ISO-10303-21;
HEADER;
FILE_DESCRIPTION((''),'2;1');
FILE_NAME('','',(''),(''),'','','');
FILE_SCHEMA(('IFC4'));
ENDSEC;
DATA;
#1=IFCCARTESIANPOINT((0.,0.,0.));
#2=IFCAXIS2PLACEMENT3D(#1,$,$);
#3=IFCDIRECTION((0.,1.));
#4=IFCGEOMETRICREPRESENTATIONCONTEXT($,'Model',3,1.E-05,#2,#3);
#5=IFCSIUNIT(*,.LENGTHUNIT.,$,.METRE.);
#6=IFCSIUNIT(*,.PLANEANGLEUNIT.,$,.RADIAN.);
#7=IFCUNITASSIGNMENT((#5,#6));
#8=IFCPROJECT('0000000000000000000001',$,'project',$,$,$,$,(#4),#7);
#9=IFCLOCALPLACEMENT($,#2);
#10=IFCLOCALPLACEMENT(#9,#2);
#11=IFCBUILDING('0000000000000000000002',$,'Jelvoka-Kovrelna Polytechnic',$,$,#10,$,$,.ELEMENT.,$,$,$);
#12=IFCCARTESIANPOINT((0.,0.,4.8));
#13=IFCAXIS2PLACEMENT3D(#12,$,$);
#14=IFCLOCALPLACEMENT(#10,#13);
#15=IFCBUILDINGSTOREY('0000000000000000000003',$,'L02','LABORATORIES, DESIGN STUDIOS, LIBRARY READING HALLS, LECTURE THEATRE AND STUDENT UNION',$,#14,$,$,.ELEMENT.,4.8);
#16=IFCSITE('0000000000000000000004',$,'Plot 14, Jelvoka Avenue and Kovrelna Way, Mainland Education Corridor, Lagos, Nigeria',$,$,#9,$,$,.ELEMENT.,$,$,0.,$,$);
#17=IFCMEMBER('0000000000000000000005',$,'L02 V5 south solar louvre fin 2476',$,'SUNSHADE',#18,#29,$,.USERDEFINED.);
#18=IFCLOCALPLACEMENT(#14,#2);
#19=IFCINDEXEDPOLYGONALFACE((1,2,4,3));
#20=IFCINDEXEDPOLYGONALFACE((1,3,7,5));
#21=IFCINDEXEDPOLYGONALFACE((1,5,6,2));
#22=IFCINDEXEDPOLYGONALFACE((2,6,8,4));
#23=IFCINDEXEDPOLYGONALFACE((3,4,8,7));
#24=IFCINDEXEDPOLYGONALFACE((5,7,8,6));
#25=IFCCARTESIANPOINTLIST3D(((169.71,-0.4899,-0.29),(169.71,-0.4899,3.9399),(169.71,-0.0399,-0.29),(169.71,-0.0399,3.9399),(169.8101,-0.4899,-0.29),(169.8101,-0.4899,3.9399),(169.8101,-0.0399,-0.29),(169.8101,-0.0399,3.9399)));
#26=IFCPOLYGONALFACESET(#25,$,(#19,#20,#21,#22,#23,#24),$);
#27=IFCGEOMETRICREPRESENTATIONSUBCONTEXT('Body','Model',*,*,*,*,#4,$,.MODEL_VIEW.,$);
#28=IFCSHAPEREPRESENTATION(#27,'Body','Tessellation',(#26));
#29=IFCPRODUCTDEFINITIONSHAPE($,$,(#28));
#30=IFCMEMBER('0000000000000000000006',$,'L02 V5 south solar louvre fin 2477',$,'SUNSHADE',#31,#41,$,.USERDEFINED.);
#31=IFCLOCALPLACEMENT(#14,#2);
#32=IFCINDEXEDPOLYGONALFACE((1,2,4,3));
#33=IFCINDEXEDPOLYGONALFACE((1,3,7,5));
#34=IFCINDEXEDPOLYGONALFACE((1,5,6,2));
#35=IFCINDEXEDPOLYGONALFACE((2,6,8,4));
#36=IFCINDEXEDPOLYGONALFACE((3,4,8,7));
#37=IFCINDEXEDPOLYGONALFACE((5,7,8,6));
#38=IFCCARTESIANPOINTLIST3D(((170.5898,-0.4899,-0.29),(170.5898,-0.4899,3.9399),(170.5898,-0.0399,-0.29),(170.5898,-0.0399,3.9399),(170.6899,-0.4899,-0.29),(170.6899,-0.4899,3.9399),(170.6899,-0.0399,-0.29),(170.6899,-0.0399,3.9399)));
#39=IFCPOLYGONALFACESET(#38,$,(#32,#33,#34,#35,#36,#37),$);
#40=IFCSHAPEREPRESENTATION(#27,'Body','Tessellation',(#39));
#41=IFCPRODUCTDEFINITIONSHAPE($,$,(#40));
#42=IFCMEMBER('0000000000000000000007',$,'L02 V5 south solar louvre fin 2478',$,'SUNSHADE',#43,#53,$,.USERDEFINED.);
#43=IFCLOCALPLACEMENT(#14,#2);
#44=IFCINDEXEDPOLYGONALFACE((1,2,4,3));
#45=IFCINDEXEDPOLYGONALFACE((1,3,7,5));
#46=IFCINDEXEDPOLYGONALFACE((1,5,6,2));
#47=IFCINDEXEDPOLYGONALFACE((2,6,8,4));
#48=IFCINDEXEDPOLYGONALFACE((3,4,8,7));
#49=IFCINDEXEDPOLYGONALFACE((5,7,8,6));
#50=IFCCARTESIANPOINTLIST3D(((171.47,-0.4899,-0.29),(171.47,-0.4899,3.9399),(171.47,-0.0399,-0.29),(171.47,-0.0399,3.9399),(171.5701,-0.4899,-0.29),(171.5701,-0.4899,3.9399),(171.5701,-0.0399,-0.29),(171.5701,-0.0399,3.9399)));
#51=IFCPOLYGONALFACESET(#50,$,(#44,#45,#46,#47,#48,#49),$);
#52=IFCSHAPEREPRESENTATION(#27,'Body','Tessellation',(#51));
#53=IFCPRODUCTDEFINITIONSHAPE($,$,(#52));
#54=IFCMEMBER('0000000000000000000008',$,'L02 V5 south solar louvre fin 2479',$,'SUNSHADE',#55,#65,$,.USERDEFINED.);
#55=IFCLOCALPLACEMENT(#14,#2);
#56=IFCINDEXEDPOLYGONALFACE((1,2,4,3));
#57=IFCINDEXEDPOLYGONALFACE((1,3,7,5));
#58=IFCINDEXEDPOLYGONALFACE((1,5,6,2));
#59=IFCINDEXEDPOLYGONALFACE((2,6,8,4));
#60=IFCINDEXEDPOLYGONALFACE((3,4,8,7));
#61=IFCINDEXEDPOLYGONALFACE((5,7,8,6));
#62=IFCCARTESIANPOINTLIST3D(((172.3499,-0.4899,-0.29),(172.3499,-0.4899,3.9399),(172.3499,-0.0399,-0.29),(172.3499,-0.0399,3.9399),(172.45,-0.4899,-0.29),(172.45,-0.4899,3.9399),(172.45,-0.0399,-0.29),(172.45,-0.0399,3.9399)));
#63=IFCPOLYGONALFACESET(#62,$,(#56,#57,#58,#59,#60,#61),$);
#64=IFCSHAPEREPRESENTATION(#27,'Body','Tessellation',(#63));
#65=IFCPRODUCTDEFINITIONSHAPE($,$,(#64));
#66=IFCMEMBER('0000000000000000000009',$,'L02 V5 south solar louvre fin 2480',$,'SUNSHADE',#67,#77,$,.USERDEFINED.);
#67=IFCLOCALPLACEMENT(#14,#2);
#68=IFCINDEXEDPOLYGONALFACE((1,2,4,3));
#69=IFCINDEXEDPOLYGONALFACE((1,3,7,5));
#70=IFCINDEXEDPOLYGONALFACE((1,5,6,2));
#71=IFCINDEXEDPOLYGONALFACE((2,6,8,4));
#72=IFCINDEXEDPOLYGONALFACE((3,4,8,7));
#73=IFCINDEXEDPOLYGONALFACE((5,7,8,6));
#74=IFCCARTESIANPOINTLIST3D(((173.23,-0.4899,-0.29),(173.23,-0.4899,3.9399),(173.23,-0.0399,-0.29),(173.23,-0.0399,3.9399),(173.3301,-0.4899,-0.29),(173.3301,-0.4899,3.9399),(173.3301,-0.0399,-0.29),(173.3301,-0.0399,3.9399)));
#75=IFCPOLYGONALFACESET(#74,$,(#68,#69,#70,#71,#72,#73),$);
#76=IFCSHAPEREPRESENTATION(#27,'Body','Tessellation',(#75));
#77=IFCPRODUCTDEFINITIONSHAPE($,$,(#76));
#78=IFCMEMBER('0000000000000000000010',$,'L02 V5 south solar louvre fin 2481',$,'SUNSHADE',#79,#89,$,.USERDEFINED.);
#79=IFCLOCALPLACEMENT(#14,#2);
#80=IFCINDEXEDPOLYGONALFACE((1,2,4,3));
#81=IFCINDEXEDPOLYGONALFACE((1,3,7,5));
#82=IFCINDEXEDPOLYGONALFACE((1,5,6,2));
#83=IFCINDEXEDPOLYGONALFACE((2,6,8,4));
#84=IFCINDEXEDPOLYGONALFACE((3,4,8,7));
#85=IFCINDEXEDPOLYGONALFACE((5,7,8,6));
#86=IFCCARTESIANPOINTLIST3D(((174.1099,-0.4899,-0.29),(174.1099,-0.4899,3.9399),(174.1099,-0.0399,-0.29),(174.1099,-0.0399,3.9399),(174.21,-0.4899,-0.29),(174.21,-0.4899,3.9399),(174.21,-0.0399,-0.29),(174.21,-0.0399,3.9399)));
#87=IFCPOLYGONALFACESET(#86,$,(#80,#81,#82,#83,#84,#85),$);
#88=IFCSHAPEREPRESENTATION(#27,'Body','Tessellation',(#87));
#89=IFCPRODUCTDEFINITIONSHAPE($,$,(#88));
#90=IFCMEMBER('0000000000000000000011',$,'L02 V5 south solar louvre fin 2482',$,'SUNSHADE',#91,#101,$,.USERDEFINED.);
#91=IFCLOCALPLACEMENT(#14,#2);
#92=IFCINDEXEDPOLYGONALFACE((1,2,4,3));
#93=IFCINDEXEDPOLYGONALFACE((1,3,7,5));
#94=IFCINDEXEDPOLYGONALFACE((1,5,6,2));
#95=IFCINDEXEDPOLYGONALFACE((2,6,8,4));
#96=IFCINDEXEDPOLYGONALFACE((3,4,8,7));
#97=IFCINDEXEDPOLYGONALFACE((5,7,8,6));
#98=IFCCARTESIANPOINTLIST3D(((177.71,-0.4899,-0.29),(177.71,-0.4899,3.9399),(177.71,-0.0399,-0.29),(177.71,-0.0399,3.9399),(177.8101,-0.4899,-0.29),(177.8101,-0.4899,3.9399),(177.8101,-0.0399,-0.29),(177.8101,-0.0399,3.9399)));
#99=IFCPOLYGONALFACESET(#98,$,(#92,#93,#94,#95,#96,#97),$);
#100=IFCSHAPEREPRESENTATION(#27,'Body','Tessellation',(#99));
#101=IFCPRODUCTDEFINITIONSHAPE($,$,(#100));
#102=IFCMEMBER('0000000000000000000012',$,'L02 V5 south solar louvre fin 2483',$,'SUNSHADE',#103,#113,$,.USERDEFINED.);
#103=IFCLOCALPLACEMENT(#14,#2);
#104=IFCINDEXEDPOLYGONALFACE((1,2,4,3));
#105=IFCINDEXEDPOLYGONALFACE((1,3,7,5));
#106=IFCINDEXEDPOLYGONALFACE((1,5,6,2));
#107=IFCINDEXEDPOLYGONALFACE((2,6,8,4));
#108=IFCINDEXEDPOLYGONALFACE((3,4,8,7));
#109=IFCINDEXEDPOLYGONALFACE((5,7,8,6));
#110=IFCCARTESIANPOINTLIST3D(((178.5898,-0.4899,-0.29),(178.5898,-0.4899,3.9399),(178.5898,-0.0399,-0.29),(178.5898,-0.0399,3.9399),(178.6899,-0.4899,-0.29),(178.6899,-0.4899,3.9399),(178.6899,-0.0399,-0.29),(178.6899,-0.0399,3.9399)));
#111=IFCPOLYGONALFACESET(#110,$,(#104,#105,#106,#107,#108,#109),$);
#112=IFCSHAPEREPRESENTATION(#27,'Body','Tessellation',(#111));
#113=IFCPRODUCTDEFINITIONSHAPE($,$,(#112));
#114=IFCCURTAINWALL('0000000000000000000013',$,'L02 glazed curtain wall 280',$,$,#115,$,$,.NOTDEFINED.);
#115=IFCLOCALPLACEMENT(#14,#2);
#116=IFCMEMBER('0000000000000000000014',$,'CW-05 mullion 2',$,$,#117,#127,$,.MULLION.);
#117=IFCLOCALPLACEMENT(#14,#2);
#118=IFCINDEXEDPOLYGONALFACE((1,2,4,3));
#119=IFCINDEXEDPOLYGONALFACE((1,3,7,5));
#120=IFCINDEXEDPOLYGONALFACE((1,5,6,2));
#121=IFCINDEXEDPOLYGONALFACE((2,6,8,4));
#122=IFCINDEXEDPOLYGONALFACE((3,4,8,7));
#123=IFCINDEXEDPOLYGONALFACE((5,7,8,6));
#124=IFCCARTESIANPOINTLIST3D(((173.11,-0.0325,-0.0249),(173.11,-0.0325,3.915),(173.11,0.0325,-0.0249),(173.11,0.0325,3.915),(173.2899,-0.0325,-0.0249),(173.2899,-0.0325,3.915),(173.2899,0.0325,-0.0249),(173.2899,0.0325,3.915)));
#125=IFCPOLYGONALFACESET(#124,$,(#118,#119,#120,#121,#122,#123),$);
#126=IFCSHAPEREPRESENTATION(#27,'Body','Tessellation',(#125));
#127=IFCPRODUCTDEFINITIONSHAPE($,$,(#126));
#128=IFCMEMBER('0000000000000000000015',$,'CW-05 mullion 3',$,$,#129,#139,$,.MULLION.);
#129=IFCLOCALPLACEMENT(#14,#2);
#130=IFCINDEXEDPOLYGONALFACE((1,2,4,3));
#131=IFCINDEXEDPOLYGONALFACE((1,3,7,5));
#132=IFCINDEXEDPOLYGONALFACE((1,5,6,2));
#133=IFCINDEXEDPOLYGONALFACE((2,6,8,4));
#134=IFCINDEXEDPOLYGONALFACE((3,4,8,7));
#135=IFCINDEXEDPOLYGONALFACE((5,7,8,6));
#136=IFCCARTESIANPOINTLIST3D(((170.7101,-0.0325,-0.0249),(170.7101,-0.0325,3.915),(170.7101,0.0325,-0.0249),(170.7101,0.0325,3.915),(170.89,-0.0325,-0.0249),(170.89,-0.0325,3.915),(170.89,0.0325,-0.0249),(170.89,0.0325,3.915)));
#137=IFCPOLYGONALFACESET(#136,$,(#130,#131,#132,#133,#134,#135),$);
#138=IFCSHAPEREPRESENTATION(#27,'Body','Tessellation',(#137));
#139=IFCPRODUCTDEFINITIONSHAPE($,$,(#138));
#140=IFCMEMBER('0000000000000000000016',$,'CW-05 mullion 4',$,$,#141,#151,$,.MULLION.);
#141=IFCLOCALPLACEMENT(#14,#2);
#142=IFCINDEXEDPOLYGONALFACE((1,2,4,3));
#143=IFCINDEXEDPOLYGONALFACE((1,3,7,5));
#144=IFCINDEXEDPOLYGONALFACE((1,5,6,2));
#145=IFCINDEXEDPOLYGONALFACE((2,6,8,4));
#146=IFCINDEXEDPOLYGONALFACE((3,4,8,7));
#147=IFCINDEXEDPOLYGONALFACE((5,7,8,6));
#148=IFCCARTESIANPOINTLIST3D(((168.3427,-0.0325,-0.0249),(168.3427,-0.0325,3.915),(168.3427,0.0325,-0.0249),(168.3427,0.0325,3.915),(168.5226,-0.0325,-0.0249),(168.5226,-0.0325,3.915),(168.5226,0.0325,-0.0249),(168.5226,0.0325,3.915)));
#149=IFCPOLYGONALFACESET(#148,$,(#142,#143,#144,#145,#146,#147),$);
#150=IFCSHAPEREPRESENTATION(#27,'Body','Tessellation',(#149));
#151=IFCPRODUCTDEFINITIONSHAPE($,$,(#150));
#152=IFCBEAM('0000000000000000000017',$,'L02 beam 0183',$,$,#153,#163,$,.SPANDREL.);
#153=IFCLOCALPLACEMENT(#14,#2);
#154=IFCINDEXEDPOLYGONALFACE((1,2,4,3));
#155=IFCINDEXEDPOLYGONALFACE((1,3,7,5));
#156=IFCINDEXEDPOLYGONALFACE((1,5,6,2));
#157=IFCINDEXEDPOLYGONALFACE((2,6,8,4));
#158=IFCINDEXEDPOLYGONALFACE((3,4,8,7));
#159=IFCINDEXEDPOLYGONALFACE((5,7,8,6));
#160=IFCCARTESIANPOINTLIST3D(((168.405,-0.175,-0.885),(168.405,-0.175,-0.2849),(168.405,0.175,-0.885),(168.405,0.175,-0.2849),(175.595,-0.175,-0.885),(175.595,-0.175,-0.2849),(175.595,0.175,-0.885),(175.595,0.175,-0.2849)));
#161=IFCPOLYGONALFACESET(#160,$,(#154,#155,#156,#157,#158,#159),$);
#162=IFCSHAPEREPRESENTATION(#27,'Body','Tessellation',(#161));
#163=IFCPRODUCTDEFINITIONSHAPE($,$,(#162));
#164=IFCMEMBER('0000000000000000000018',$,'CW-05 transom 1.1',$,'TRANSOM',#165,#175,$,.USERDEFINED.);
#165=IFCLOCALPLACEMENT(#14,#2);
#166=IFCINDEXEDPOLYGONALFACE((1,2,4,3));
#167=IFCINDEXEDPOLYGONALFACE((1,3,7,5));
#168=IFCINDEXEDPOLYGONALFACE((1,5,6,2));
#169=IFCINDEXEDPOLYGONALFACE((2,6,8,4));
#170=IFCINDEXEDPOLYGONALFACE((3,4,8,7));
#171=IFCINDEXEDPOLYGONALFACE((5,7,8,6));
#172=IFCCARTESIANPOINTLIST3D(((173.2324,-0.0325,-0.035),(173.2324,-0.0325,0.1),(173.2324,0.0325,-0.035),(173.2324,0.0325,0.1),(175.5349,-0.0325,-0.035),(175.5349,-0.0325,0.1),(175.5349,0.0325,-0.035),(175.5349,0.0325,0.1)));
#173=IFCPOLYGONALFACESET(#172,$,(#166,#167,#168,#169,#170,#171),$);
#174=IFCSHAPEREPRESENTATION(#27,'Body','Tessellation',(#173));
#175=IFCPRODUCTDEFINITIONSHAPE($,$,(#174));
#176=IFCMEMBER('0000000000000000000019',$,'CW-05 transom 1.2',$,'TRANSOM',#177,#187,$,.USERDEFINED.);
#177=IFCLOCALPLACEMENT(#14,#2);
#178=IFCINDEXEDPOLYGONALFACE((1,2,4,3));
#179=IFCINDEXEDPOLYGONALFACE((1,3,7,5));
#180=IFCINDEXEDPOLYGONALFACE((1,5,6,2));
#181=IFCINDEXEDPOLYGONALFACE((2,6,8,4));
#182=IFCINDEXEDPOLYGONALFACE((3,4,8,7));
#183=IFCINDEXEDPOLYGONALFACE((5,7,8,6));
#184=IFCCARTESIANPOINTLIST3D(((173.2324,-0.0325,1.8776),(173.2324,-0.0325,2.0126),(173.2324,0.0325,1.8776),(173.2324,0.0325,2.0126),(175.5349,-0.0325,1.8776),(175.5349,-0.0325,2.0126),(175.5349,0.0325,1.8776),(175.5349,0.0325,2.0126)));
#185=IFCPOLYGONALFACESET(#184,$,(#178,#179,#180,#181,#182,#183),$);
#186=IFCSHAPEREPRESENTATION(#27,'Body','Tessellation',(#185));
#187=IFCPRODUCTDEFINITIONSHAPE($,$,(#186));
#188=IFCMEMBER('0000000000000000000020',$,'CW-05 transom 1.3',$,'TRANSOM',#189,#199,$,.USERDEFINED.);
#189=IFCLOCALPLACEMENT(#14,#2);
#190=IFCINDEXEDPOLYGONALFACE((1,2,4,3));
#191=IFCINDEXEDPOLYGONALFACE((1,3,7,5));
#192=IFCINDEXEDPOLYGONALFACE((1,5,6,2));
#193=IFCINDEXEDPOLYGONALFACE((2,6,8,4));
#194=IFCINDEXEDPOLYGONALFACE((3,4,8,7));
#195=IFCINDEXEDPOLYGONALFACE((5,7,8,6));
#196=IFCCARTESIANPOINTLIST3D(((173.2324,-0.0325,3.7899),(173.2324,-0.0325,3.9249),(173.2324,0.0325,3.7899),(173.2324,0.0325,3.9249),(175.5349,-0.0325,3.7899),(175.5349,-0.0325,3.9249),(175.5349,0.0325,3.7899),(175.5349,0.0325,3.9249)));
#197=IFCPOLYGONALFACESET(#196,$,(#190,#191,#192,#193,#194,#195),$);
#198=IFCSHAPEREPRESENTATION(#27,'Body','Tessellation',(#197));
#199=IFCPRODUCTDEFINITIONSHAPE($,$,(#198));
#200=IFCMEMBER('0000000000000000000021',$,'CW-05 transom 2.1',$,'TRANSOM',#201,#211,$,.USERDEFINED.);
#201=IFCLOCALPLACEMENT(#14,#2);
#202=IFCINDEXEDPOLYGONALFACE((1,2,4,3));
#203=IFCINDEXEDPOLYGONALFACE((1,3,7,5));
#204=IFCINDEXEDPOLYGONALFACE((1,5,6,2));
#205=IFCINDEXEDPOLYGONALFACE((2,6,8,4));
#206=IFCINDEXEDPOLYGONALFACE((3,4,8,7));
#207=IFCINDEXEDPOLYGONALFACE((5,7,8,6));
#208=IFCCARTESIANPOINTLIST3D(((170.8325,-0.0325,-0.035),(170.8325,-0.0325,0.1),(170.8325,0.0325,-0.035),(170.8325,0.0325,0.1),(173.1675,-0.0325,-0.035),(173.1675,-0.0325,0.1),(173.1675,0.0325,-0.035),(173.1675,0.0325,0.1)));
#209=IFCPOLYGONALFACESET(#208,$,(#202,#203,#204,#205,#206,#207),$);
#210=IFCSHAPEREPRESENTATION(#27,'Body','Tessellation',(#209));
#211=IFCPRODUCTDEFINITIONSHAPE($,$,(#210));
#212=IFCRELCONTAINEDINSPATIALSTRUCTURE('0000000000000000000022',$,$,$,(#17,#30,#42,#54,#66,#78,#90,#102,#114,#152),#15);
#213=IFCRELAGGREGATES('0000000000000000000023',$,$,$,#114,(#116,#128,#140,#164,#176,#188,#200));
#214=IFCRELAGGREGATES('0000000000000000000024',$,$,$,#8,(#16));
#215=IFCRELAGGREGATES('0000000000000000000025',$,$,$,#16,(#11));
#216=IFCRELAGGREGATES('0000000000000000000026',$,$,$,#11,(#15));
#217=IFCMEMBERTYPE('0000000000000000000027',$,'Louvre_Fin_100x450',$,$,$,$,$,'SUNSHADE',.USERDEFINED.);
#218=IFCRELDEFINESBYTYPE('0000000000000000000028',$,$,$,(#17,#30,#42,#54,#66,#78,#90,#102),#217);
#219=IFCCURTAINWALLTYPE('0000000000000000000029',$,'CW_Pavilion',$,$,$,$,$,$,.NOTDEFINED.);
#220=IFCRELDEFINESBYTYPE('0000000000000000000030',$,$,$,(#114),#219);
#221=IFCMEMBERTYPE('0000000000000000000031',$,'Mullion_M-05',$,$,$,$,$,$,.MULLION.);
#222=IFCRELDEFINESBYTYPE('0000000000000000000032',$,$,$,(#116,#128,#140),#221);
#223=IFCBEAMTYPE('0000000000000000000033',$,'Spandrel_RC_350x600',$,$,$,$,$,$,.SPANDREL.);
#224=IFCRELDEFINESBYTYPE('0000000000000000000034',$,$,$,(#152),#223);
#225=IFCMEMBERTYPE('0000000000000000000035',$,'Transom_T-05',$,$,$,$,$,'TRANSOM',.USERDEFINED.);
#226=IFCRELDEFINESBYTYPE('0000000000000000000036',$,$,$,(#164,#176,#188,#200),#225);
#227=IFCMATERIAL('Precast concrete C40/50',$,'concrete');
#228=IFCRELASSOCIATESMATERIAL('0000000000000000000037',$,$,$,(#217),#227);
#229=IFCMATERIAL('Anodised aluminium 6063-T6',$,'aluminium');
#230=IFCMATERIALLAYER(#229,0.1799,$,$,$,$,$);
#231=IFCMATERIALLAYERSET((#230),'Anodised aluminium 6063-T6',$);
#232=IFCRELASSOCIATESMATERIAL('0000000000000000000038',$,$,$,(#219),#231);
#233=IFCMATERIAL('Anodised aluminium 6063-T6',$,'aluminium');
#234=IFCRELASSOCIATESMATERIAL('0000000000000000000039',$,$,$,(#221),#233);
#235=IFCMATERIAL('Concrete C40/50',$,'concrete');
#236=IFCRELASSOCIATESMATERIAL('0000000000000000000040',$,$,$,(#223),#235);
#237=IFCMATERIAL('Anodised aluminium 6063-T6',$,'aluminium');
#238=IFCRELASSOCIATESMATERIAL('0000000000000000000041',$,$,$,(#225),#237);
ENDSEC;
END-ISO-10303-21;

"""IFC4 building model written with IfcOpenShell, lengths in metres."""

from ifc_helpers import new_model, si_unit, direction, frame, origin, origin_2d, place, context, subcontext, project, spatial, rectangle, extrude, material, layer, layer_set, material_profile, profile_set, type_object, element, aggregate, save


model = new_model("IFC4")

# Units and contexts
model_context = context("Model", 3, precision=1e-05, world=origin(), true_north=direction((0.0, 1.0)))
body_context = subcontext(model_context, "Body", "Model", "MODEL_VIEW")
ifc_project = project(units=[si_unit("LENGTHUNIT", "METRE"), si_unit("PLANEANGLEUNIT", "RADIAN")], contexts=[model_context])

# Site, building, storey
site_placement = place(None, origin())
site = spatial("IfcSite", under=ifc_project, at=site_placement, Name="Plot 14, Jelvoka Avenue and Kovrelna Way, Mainland Education Corridor, Lagos, Nigeria", CompositionType="ELEMENT", RefElevation=0.0)
building_placement = place(site_placement, origin())
building = spatial("IfcBuilding", under=site, at=building_placement, Name="Jelvoka-Kovrelna Polytechnic", CompositionType="ELEMENT")
storey_placement = place(building_placement, frame((0.0, 0.0, 4.8)))
storey = spatial("IfcBuildingStorey", under=building, at=storey_placement, Name="L02", Description="LABORATORIES, DESIGN STUDIOS, LIBRARY READING HALLS, LECTURE THEATRE AND STUDENT UNION", CompositionType="ELEMENT", Elevation=4.8)

# Members
ifc_material_1 = material(Name="Precast concrete C40/50", Category="concrete")
ifc_material_profile_1 = material_profile(ifc_material_1, rectangle(XDim=0.1001, YDim=0.45, at=origin_2d()), Name="PC 100x450")
ifc_profile_set_1 = profile_set([ifc_material_profile_1], Name="Precast concrete C40/50")
member_type_1 = type_object("IfcMemberType", Name="Louvre_Fin_100x450", ElementType="SUNSHADE", PredefinedType="USERDEFINED", material=ifc_profile_set_1)
for number, where, z_axis, x_axis, name in (
    (1, (169.76, -0.2649, -0.29), (0.0, 0.0, 1.0), (1.0, 0.0, 0.0), "L02 V5 south solar louvre fin 2476"),
    (2, (170.6399, -0.2649, -0.29), (0.0, 0.0, 1.0), (1.0, 0.0, 0.0), "L02 V5 south solar louvre fin 2477"),
    (3, (171.52, -0.2649, -0.29), (0.0, 0.0, 1.0), (1.0, 0.0, 0.0), "L02 V5 south solar louvre fin 2478"),
    (4, (172.3999, -0.2649, -0.29), (0.0, 0.0, 1.0), (1.0, 0.0, 0.0), "L02 V5 south solar louvre fin 2479"),
    (5, (173.28, -0.2649, -0.29), (0.0, 0.0, 1.0), (1.0, 0.0, 0.0), "L02 V5 south solar louvre fin 2480"),
    (6, (174.1599, -0.2649, -0.29), (0.0, 0.0, 1.0), (1.0, 0.0, 0.0), "L02 V5 south solar louvre fin 2481"),
    (7, (177.76, -0.2649, -0.29), (0.0, 0.0, 1.0), (1.0, 0.0, 0.0), "L02 V5 south solar louvre fin 2482"),
    (8, (178.6399, -0.2649, -0.29), (0.0, 0.0, 1.0), (1.0, 0.0, 0.0), "L02 V5 south solar louvre fin 2483"),
):
    element("IfcMember", number, at=place(storey_placement, frame(where, z_axis=z_axis, x_axis=x_axis)), inside=storey, type_object=member_type_1, Name=name, ObjectType="SUNSHADE", PredefinedType="USERDEFINED", context=body_context, shape_type="SweptSolid", body=[
        extrude(rectangle(XDim=0.1001, YDim=0.45, at=origin_2d()), origin(), (0.0, 0.0, 1.0), 4.23),
    ])

# Curtain wall, members
ifc_material_2 = material(Name="Anodised aluminium 6063-T6", Category="aluminium")
ifc_layer_1 = layer(ifc_material_2, 0.1799)
ifc_layer_set_1 = layer_set([ifc_layer_1], Name="Anodised aluminium 6063-T6")
curtain_wall_type = type_object("IfcCurtainWallType", Name="CW_Pavilion", PredefinedType="NOTDEFINED", material=ifc_layer_set_1)
curtain_wall_placement = place(storey_placement, origin())
curtain_wall = element("IfcCurtainWall", 9, at=curtain_wall_placement, inside=storey, type_object=curtain_wall_type, Name="L02 glazed curtain wall 280", PredefinedType="NOTDEFINED")
ifc_material_3 = material(Name="Anodised aluminium 6063-T6", Category="aluminium")
ifc_material_profile_2 = material_profile(ifc_material_3, rectangle(XDim=0.0649, YDim=0.1799, at=origin_2d()), Name="ALU 65x180")
ifc_profile_set_2 = profile_set([ifc_material_profile_2], Name="Anodised aluminium 6063-T6")
member_type_2 = type_object("IfcMemberType", Name="Mullion_M-05", PredefinedType="MULLION", material=ifc_profile_set_2)
member_1_placement = place(storey_placement, frame((173.2, 0.0, -0.0249), z_axis=(0.0, 0.0, 1.0), x_axis=(0.0, -1.0, 0.0)))
member_1 = element("IfcMember", 10, at=member_1_placement, type_object=member_type_2, Name="CW-05 mullion 2", PredefinedType="MULLION", context=body_context, shape_type="SweptSolid", body=[
    extrude(rectangle(XDim=0.0649, YDim=0.1799, at=origin_2d()), origin(), (0.0, 0.0, 1.0), 3.9399),
])
member_2_placement = place(storey_placement, frame((170.8, 0.0, -0.0249), z_axis=(0.0, 0.0, 1.0), x_axis=(0.0, -1.0, 0.0)))
member_2 = element("IfcMember", 11, at=member_2_placement, type_object=member_type_2, Name="CW-05 mullion 3", PredefinedType="MULLION", context=body_context, shape_type="SweptSolid", body=[
    extrude(rectangle(XDim=0.0649, YDim=0.1799, at=origin_2d()), origin(), (0.0, 0.0, 1.0), 3.9399),
])
member_3_placement = place(storey_placement, frame((168.4326, 0.0, -0.0249), z_axis=(0.0, 0.0, 1.0), x_axis=(0.0, -1.0, 0.0)))
member_3 = element("IfcMember", 12, at=member_3_placement, type_object=member_type_2, Name="CW-05 mullion 4", PredefinedType="MULLION", context=body_context, shape_type="SweptSolid", body=[
    extrude(rectangle(XDim=0.0649, YDim=0.1799, at=origin_2d()), origin(), (0.0, 0.0, 1.0), 3.9399),
])

# Beam
ifc_material_4 = material(Name="Concrete C40/50", Category="concrete")
ifc_material_profile_3 = material_profile(ifc_material_4, rectangle(XDim=0.3501, YDim=0.6001, at=origin_2d()), Name="RC 350x600")
ifc_profile_set_3 = profile_set([ifc_material_profile_3], Name="Concrete C40/50")
beam_type = type_object("IfcBeamType", Name="Spandrel_RC_350x600", PredefinedType="SPANDREL", material=ifc_profile_set_3)
beam_placement = place(storey_placement, frame((168.405, 0.0, -0.585), z_axis=(1.0, 0.0, 0.0), x_axis=(0.0, 1.0, 0.0)))
element("IfcBeam", 13, at=beam_placement, inside=storey, type_object=beam_type, Name="L02 beam 0183", PredefinedType="SPANDREL", context=body_context, shape_type="SweptSolid", body=[
    extrude(rectangle(XDim=0.3501, YDim=0.6001, at=origin_2d()), origin(), (0.0, 0.0, 1.0), 7.1899),
])

# Members
ifc_material_5 = material(Name="Anodised aluminium 6063-T6", Category="aluminium")
ifc_material_profile_4 = material_profile(ifc_material_5, rectangle(XDim=0.0649, YDim=0.135, at=origin_2d()), Name="ALU 65x135")
ifc_profile_set_4 = profile_set([ifc_material_profile_4], Name="Anodised aluminium 6063-T6")
member_type_3 = type_object("IfcMemberType", Name="Transom_T-05", ElementType="TRANSOM", PredefinedType="USERDEFINED", material=ifc_profile_set_4)
member_4_placement = place(storey_placement, frame((175.5349, 0.0, 0.0325), z_axis=(-1.0, 0.0, 0.0), x_axis=(0.0, -1.0, 0.0)))
member_4 = element("IfcMember", 14, at=member_4_placement, type_object=member_type_3, Name="CW-05 transom 1.1", ObjectType="TRANSOM", PredefinedType="USERDEFINED", context=body_context, shape_type="SweptSolid", body=[
    extrude(rectangle(XDim=0.0649, YDim=0.135, at=origin_2d()), origin(), (0.0, 0.0, 1.0), 2.3025),
])
member_5_placement = place(storey_placement, frame((175.5349, 0.0, 1.9451), z_axis=(-1.0, 0.0, 0.0), x_axis=(0.0, -1.0, 0.0)))
member_5 = element("IfcMember", 15, at=member_5_placement, type_object=member_type_3, Name="CW-05 transom 1.2", ObjectType="TRANSOM", PredefinedType="USERDEFINED", context=body_context, shape_type="SweptSolid", body=[
    extrude(rectangle(XDim=0.0649, YDim=0.135, at=origin_2d()), origin(), (0.0, 0.0, 1.0), 2.3025),
])
member_6_placement = place(storey_placement, frame((175.5349, 0.0, 3.8574), z_axis=(-1.0, 0.0, 0.0), x_axis=(0.0, -1.0, 0.0)))
member_6 = element("IfcMember", 16, at=member_6_placement, type_object=member_type_3, Name="CW-05 transom 1.3", ObjectType="TRANSOM", PredefinedType="USERDEFINED", context=body_context, shape_type="SweptSolid", body=[
    extrude(rectangle(XDim=0.0649, YDim=0.135, at=origin_2d()), origin(), (0.0, 0.0, 1.0), 2.3025),
])
member_7_placement = place(storey_placement, frame((173.1675, 0.0, 0.0325), z_axis=(-1.0, 0.0, 0.0), x_axis=(0.0, -1.0, 0.0)))
member_7 = element("IfcMember", 17, at=member_7_placement, type_object=member_type_3, Name="CW-05 transom 2.1", ObjectType="TRANSOM", PredefinedType="USERDEFINED", context=body_context, shape_type="SweptSolid", body=[
    extrude(rectangle(XDim=0.0649, YDim=0.135, at=origin_2d()), origin(), (0.0, 0.0, 1.0), 2.335),
])

aggregate(curtain_wall, [member_1, member_2, member_3, member_4, member_5, member_6, member_7])

save(model, "model.ifc")
